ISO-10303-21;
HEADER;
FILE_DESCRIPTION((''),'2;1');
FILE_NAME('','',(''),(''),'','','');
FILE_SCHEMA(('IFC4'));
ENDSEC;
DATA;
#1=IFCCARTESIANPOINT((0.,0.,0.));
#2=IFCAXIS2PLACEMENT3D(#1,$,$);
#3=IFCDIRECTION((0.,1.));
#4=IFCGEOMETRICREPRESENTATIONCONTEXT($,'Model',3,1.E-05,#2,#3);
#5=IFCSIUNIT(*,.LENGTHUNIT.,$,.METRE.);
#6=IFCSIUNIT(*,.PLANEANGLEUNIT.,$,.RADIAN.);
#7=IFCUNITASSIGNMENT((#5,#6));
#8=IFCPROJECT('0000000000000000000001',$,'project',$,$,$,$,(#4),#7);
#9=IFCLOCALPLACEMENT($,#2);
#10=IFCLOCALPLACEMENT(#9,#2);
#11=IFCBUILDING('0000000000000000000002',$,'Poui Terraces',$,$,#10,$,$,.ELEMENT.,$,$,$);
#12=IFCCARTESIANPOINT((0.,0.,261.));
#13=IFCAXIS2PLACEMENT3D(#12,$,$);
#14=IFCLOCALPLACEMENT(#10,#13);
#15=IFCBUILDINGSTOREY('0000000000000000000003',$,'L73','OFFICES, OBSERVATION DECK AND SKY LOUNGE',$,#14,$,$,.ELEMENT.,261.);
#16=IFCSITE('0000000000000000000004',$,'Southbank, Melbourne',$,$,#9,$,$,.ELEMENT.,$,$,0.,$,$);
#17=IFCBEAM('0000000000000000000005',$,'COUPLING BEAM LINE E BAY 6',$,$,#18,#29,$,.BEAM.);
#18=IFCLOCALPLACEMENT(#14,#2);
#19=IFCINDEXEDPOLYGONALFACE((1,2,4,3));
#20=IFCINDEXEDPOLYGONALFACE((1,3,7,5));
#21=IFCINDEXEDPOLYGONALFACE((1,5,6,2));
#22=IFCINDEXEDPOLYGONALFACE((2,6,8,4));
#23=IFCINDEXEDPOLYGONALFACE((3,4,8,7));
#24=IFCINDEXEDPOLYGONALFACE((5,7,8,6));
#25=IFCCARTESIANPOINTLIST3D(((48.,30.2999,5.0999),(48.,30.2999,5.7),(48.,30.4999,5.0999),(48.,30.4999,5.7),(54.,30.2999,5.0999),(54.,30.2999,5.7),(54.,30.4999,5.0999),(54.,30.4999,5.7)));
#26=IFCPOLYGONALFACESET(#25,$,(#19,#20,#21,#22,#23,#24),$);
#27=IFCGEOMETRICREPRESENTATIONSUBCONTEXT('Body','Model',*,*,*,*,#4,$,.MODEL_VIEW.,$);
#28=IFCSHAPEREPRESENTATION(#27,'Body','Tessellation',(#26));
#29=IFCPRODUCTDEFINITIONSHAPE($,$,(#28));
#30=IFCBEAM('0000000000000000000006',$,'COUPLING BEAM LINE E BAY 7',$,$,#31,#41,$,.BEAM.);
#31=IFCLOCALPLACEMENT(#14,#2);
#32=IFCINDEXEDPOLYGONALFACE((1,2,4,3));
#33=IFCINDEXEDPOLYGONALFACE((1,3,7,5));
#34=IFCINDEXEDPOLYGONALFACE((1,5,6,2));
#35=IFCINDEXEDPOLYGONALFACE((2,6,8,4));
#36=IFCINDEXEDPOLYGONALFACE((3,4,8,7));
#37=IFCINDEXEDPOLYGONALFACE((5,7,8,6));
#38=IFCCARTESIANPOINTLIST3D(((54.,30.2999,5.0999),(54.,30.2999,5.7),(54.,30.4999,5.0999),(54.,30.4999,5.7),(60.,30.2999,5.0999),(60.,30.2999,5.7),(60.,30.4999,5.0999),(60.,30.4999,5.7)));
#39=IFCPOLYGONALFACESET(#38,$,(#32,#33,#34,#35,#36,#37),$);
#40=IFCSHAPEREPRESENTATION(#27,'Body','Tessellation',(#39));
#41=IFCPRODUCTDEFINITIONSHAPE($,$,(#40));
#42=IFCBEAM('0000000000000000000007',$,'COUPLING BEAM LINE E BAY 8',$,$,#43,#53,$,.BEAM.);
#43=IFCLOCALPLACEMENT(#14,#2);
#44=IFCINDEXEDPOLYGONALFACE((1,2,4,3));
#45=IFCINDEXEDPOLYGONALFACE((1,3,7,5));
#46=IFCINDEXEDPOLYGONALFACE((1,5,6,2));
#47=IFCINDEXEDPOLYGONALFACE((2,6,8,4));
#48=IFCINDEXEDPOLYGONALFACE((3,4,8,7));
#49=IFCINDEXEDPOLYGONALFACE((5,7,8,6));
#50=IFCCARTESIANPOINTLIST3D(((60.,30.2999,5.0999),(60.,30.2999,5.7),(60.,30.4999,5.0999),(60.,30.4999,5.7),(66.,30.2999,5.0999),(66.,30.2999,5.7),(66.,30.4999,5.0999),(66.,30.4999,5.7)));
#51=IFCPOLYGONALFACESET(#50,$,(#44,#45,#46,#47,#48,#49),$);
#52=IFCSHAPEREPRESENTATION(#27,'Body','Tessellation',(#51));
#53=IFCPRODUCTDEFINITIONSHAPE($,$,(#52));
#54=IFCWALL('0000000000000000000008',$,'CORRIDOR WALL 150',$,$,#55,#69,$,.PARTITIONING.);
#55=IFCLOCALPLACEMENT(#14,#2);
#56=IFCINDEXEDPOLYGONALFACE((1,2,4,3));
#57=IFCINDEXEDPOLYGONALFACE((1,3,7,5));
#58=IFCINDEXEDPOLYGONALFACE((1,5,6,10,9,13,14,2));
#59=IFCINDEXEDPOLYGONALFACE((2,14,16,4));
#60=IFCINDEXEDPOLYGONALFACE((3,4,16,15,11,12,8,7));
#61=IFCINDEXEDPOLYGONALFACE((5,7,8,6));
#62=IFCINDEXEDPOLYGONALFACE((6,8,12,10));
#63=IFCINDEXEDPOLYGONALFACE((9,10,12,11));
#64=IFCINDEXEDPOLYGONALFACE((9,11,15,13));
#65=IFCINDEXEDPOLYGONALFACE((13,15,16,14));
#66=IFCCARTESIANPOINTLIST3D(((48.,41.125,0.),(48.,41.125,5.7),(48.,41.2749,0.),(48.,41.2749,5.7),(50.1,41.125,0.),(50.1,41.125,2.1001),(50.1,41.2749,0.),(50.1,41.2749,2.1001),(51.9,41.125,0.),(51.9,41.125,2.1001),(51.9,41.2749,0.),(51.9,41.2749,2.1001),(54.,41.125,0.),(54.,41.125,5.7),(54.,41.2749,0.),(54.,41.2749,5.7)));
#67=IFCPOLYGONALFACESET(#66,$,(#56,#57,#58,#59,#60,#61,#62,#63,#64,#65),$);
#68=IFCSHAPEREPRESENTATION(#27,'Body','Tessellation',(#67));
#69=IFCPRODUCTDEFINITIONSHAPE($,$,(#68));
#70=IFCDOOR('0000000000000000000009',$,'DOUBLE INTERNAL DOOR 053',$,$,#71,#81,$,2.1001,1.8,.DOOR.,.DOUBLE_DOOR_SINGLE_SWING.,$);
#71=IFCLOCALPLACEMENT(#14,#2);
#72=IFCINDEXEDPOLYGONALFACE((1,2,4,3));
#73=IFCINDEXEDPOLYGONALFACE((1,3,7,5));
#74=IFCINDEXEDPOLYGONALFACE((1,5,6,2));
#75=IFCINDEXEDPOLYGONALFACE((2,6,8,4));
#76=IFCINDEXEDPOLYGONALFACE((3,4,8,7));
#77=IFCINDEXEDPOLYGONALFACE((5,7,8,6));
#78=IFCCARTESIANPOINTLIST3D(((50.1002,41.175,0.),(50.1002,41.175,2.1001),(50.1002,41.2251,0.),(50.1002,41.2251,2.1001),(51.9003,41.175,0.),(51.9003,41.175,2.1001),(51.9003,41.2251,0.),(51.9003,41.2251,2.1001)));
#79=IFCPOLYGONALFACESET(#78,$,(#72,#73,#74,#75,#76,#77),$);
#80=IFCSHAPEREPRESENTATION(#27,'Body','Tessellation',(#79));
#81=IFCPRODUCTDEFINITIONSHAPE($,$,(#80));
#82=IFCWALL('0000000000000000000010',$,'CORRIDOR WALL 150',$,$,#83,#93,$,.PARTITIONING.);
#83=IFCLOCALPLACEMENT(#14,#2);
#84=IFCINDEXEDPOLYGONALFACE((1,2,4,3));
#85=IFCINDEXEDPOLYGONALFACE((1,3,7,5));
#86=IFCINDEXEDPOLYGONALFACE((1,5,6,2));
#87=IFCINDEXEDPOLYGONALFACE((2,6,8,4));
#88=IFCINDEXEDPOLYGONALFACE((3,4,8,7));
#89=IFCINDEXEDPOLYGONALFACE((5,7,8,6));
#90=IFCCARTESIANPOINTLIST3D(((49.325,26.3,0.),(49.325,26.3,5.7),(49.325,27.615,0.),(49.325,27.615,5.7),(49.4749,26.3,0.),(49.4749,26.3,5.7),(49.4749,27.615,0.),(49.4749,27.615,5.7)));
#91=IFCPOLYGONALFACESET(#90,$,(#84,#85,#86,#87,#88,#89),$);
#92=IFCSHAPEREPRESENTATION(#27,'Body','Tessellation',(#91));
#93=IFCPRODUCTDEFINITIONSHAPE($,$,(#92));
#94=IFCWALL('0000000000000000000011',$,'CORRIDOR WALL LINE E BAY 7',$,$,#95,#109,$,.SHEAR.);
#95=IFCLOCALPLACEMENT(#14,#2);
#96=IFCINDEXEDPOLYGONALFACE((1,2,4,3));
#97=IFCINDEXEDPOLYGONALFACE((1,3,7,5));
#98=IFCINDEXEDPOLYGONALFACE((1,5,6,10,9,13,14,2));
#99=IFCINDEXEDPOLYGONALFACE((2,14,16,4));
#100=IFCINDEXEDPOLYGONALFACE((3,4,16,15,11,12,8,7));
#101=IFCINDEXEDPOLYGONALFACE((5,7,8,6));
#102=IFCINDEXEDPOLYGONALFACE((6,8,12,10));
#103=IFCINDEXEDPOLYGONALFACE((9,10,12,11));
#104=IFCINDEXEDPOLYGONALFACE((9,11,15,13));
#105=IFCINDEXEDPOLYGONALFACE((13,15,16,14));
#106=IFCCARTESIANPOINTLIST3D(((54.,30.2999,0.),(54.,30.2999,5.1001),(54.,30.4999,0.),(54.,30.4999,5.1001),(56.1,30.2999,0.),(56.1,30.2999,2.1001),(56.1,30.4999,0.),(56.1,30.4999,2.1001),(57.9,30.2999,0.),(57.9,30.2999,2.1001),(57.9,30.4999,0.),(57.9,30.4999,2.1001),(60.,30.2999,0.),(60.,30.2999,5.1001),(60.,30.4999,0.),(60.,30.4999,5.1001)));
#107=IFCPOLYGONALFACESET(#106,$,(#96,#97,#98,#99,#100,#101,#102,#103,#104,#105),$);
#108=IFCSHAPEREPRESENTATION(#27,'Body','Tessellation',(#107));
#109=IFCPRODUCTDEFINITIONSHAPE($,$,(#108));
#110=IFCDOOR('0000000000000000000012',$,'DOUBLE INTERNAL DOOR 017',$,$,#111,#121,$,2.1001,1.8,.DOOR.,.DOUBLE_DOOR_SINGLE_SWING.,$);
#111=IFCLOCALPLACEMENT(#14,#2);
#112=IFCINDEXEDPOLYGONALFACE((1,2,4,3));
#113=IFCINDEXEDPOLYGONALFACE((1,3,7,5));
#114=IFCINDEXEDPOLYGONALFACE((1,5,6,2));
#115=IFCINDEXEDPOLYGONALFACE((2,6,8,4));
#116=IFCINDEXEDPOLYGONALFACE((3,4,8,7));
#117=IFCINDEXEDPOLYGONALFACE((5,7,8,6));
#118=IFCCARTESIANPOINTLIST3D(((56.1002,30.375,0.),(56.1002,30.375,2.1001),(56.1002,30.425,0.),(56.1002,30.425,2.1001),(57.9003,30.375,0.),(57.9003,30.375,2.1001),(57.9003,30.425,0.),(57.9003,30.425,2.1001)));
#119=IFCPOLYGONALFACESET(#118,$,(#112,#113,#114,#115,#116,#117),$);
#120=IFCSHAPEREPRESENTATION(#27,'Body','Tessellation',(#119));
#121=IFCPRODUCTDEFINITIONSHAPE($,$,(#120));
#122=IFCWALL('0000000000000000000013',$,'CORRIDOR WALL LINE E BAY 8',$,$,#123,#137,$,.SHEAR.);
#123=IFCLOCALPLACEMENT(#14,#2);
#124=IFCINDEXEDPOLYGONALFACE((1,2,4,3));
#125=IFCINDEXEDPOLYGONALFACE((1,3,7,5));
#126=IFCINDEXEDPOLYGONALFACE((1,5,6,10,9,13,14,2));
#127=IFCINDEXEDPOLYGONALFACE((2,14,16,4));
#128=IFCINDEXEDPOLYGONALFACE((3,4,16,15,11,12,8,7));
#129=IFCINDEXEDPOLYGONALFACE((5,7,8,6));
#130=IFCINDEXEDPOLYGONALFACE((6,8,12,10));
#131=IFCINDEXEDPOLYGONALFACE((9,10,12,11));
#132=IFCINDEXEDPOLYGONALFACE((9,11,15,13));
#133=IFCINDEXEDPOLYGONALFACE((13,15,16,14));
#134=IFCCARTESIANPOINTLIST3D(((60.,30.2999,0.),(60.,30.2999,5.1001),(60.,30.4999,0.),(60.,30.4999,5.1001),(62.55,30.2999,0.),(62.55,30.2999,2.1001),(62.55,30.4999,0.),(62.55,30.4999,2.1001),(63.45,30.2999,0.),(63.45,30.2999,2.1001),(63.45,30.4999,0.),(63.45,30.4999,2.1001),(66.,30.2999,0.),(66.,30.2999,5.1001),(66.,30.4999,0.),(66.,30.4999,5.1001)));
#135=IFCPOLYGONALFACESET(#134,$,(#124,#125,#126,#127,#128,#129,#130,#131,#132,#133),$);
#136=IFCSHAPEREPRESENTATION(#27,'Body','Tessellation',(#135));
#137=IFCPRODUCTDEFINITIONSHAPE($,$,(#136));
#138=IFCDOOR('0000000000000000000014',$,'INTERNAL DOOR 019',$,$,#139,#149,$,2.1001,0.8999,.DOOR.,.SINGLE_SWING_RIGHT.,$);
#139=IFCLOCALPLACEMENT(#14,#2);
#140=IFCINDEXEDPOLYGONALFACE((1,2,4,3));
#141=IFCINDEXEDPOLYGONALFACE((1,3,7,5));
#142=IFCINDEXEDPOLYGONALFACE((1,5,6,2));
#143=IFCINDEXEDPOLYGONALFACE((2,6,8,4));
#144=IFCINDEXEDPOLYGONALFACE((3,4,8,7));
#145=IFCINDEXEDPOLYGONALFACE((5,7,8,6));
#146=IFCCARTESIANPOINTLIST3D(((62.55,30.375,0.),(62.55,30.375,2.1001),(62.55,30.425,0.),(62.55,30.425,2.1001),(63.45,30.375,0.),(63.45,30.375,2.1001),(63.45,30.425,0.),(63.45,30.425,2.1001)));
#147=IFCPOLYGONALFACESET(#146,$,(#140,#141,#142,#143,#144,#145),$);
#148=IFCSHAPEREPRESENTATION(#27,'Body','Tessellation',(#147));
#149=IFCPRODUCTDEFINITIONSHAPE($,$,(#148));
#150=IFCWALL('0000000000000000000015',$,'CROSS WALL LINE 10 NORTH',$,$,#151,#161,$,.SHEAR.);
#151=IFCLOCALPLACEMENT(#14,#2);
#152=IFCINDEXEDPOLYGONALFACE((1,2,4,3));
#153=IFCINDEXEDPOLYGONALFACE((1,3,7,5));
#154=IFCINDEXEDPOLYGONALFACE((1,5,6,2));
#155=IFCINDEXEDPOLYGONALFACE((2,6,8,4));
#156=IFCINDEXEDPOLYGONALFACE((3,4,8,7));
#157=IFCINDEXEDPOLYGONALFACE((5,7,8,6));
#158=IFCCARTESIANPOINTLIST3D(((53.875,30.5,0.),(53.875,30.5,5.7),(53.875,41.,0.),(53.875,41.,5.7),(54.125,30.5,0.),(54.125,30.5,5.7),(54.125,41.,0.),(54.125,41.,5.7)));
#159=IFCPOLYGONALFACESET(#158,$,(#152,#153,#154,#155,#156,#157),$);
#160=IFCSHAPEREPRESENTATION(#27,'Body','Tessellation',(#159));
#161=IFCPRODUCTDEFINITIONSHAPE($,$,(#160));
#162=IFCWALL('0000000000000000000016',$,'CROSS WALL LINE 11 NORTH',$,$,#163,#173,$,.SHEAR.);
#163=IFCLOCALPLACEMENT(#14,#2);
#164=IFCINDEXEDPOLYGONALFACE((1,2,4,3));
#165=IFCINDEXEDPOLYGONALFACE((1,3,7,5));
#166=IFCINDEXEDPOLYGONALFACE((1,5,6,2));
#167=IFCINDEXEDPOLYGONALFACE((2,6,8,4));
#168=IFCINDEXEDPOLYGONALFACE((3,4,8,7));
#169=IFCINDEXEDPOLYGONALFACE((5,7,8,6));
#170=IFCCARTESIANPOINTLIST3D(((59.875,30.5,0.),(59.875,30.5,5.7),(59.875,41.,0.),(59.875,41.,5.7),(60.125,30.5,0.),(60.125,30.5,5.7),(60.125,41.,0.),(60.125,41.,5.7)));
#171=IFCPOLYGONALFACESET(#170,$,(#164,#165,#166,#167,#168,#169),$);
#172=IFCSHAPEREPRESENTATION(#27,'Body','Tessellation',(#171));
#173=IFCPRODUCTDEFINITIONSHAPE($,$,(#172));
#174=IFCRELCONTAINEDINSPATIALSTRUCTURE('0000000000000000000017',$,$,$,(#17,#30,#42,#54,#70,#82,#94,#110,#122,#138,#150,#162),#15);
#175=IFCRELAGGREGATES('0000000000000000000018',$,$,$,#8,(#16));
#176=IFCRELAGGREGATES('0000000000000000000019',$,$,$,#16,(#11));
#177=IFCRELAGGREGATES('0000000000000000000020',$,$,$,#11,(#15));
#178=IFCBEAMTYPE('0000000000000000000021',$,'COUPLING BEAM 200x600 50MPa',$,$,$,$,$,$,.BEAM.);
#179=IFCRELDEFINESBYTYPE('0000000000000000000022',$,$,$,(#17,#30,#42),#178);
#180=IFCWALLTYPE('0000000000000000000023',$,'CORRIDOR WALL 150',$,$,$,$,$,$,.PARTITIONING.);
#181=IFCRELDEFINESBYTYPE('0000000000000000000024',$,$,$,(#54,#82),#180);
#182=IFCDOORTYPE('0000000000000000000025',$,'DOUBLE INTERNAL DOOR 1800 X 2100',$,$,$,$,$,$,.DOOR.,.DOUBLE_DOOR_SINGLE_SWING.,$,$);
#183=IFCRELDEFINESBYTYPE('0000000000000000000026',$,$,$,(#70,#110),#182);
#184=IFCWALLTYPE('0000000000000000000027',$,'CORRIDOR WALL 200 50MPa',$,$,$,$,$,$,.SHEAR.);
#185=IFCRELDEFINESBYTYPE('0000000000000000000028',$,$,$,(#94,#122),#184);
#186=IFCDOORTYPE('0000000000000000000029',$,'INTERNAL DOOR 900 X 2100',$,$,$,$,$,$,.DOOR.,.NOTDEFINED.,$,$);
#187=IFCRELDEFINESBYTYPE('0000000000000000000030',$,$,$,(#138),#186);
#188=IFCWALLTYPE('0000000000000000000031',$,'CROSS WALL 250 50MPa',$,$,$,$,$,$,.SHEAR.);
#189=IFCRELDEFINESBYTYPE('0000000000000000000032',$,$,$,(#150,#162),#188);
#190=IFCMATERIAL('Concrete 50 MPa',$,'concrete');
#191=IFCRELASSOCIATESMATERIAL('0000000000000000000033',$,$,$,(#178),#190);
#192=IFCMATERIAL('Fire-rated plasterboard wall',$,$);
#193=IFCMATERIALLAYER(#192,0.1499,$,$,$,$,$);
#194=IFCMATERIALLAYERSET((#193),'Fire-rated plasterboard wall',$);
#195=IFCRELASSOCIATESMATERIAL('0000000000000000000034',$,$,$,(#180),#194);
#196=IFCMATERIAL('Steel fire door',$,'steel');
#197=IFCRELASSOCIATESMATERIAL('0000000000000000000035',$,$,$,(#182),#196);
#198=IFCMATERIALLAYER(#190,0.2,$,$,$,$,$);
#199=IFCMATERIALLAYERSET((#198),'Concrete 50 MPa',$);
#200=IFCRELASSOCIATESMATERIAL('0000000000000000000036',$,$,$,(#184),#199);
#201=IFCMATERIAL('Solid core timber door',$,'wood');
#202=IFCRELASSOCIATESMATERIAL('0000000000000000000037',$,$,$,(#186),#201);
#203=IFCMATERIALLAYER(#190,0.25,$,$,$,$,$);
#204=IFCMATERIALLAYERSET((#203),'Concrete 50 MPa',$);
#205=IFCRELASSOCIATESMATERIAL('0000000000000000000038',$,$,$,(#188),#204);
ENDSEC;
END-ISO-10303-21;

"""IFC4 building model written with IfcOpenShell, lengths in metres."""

from ifc_helpers import new_model, si_unit, direction, frame, frame_2d, origin, origin_2d, place, context, subcontext, project, spatial, rectangle, extrude, source, transform, mapped, material, layer, layer_set, material_profile, profile_set, type_object, element, fill, save


model = new_model("IFC4")

# Units and contexts
model_context = context("Model", 3, precision=1e-05, world=origin(), true_north=direction((0.0, 1.0)))
body_context = subcontext(model_context, "Body", "Model", "MODEL_VIEW")
ifc_project = project(units=[si_unit("LENGTHUNIT", "METRE"), si_unit("PLANEANGLEUNIT", "RADIAN")], contexts=[model_context])

# Site, building, storey
site_placement = place(None, origin())
site = spatial("IfcSite", under=ifc_project, at=site_placement, Name="Southbank, Melbourne", CompositionType="ELEMENT", RefElevation=0.0)
building_placement = place(site_placement, origin())
building = spatial("IfcBuilding", under=site, at=building_placement, Name="Poui Terraces", CompositionType="ELEMENT")
storey_placement = place(building_placement, frame((0.0, 0.0, 261.0)))
storey = spatial("IfcBuildingStorey", under=building, at=storey_placement, Name="L73", Description="OFFICES, OBSERVATION DECK AND SKY LOUNGE", CompositionType="ELEMENT", Elevation=261.0)

# Beams
ifc_material_1 = material(Name="Concrete 50 MPa", Category="concrete")
ifc_material_profile = material_profile(ifc_material_1, rectangle(XDim=0.2, YDim=0.6001, at=origin_2d()), Name="RC 200x600")
ifc_profile_set = profile_set([ifc_material_profile], Name="Concrete 50 MPa")
beam_type = type_object("IfcBeamType", Name="COUPLING BEAM 200x600 50MPa", PredefinedType="BEAM", material=ifc_profile_set)
shared_shape = source(origin(), body_context, "Body", "SweptSolid", [
    extrude(rectangle(XDim=0.2, YDim=0.6001, at=origin_2d()), origin(), (0.0, 0.0, 1.0), 6.0),
])
for number, where, z_axis, x_axis, name in (
    (1, (48.0, 30.3999, 5.3999), (1.0, 0.0, 0.0), (0.0, 1.0, 0.0), "COUPLING BEAM LINE E BAY 6"),
    (2, (54.0, 30.3999, 5.3999), (1.0, 0.0, 0.0), (0.0, 1.0, 0.0), "COUPLING BEAM LINE E BAY 7"),
    (3, (60.0, 30.3999, 5.3999), (1.0, 0.0, 0.0), (0.0, 1.0, 0.0), "COUPLING BEAM LINE E BAY 8"),
):
    element("IfcBeam", number, at=place(storey_placement, frame(where, z_axis=z_axis, x_axis=x_axis)), inside=storey, type_object=beam_type, Name=name, PredefinedType="BEAM", context=body_context, shape_type="MappedRepresentation", body=[
        mapped(shared_shape, transform((0.0, 0.0, 0.0))),
    ])

# Wall, opening, door
ifc_material_2 = material(Name="Fire-rated plasterboard wall")
ifc_layer_1 = layer(ifc_material_2, 0.1499)
ifc_layer_set_1 = layer_set([ifc_layer_1], Name="Fire-rated plasterboard wall")
wall_type_1 = type_object("IfcWallType", Name="CORRIDOR WALL 150", PredefinedType="PARTITIONING", material=ifc_layer_set_1)
wall_1_placement = place(storey_placement, frame((48.0, 41.2, 0.0), z_axis=(0.0, 0.0, 1.0), x_axis=(1.0, 0.0, 0.0)))
wall_1 = element("IfcWall", 4, at=wall_1_placement, inside=storey, type_object=wall_type_1, Name="CORRIDOR WALL 150", PredefinedType="PARTITIONING", context=body_context, shape_type="SweptSolid", body=[
    extrude(rectangle(XDim=6.0, YDim=0.1499, at=frame_2d((3.0, 0.0))), origin(), (0.0, 0.0, 1.0), 5.7),
])
opening_1_placement = place(wall_1_placement, frame((2.1001, 0.0, 0.0)))
opening_1 = element("IfcOpeningElement", 5, at=opening_1_placement, cuts=wall_1, PredefinedType="OPENING", context=body_context, shape_type="SweptSolid", body=[
    extrude(rectangle(XDim=1.8, YDim=2.1001, at=frame_2d((0.8999, 1.05))), frame((0.0, 0.085, 0.0), z_axis=(0.0, -1.0, 0.0), x_axis=(1.0, 0.0, 0.0)), (0.0, 0.0, 1.0), 0.1699),
])
ifc_material_3 = material(Name="Steel fire door", Category="steel")
door_type_1 = type_object("IfcDoorType", Name="DOUBLE INTERNAL DOOR 1800 X 2100", OperationType="DOUBLE_DOOR_SINGLE_SWING", PredefinedType="DOOR", material=ifc_material_3)
door_1_placement = place(opening_1_placement, frame((1.8, 0.0, 0.0), z_axis=(0.0, 0.0, 1.0), x_axis=(-1.0, 0.0, 0.0)))
door_1 = element("IfcDoor", 6, at=door_1_placement, inside=storey, type_object=door_type_1, Name="DOUBLE INTERNAL DOOR 053", OperationType="DOUBLE_DOOR_SINGLE_SWING", OverallHeight=2.1001, OverallWidth=1.8, PredefinedType="DOOR", context=body_context, shape_type="SweptSolid", body=[
    extrude(rectangle(XDim=1.8, YDim=2.1001, at=frame_2d((0.8999, 1.05))), frame((0.0, 0.0249, 0.0), z_axis=(0.0, -1.0, 0.0), x_axis=(1.0, 0.0, 0.0)), (0.0, 0.0, 1.0), 0.05),
])
fill(opening_1, door_1)

# Wall
wall_2_placement = place(storey_placement, frame((49.3999, 26.3, 0.0), z_axis=(0.0, 0.0, 1.0), x_axis=(0.0, 1.0, 0.0)))
element("IfcWall", 7, at=wall_2_placement, inside=storey, type_object=wall_type_1, Name="CORRIDOR WALL 150", PredefinedType="PARTITIONING", context=body_context, shape_type="SweptSolid", body=[
    extrude(rectangle(XDim=1.3149, YDim=0.1499, at=frame_2d((0.6575, 0.0))), origin(), (0.0, 0.0, 1.0), 5.7),
])

# Walls, openings, doors
ifc_layer_2 = layer(ifc_material_1, 0.2)
ifc_layer_set_2 = layer_set([ifc_layer_2], Name="Concrete 50 MPa")
wall_type_2 = type_object("IfcWallType", Name="CORRIDOR WALL 200 50MPa", PredefinedType="SHEAR", material=ifc_layer_set_2)
wall_3_placement = place(storey_placement, frame((54.0, 30.3999, 0.0), z_axis=(0.0, 0.0, 1.0), x_axis=(1.0, 0.0, 0.0)))
wall_3 = element("IfcWall", 8, at=wall_3_placement, inside=storey, type_object=wall_type_2, Name="CORRIDOR WALL LINE E BAY 7", PredefinedType="SHEAR", context=body_context, shape_type="SweptSolid", body=[
    extrude(rectangle(XDim=6.0, YDim=0.2, at=frame_2d((3.0, 0.0))), origin(), (0.0, 0.0, 1.0), 5.1001),
])
opening_2_placement = place(wall_3_placement, frame((2.1001, 0.0, 0.0)))
opening_2 = element("IfcOpeningElement", 9, at=opening_2_placement, cuts=wall_3, PredefinedType="OPENING", context=body_context, shape_type="SweptSolid", body=[
    extrude(rectangle(XDim=1.8, YDim=2.1001, at=frame_2d((0.8999, 1.05))), frame((0.0, 0.1099, 0.0), z_axis=(0.0, -1.0, 0.0), x_axis=(1.0, 0.0, 0.0)), (0.0, 0.0, 1.0), 0.22),
])
door_2_placement = place(opening_2_placement, frame((1.8, 0.0, 0.0), z_axis=(0.0, 0.0, 1.0), x_axis=(-1.0, 0.0, 0.0)))
door_2 = element("IfcDoor", 10, at=door_2_placement, inside=storey, type_object=door_type_1, Name="DOUBLE INTERNAL DOOR 017", OperationType="DOUBLE_DOOR_SINGLE_SWING", OverallHeight=2.1001, OverallWidth=1.8, PredefinedType="DOOR", context=body_context, shape_type="SweptSolid", body=[
    extrude(rectangle(XDim=1.8, YDim=2.1001, at=frame_2d((0.8999, 1.05))), frame((0.0, 0.0249, 0.0), z_axis=(0.0, -1.0, 0.0), x_axis=(1.0, 0.0, 0.0)), (0.0, 0.0, 1.0), 0.05),
])
fill(opening_2, door_2)
wall_4_placement = place(storey_placement, frame((60.0, 30.3999, 0.0), z_axis=(0.0, 0.0, 1.0), x_axis=(1.0, 0.0, 0.0)))
wall_4 = element("IfcWall", 11, at=wall_4_placement, inside=storey, type_object=wall_type_2, Name="CORRIDOR WALL LINE E BAY 8", PredefinedType="SHEAR", context=body_context, shape_type="SweptSolid", body=[
    extrude(rectangle(XDim=6.0, YDim=0.2, at=frame_2d((3.0, 0.0))), origin(), (0.0, 0.0, 1.0), 5.1001),
])
opening_3_placement = place(wall_4_placement, frame((2.55, 0.0, 0.0)))
opening_3 = element("IfcOpeningElement", 12, at=opening_3_placement, cuts=wall_4, PredefinedType="OPENING", context=body_context, shape_type="SweptSolid", body=[
    extrude(rectangle(XDim=0.8999, YDim=2.1001, at=frame_2d((0.45, 1.05))), frame((0.0, 0.1099, 0.0), z_axis=(0.0, -1.0, 0.0), x_axis=(1.0, 0.0, 0.0)), (0.0, 0.0, 1.0), 0.22),
])
ifc_material_4 = material(Name="Solid core timber door", Category="wood")
door_type_2 = type_object("IfcDoorType", Name="INTERNAL DOOR 900 X 2100", OperationType="NOTDEFINED", PredefinedType="DOOR", material=ifc_material_4)
door_3_placement = place(opening_3_placement, frame((0.8999, 0.0, 0.0), z_axis=(0.0, 0.0, 1.0), x_axis=(-1.0, 0.0, 0.0)))
door_3 = element("IfcDoor", 13, at=door_3_placement, inside=storey, type_object=door_type_2, Name="INTERNAL DOOR 019", OperationType="SINGLE_SWING_RIGHT", OverallHeight=2.1001, OverallWidth=0.8999, PredefinedType="DOOR", context=body_context, shape_type="SweptSolid", body=[
    extrude(rectangle(XDim=0.8999, YDim=2.1001, at=frame_2d((0.45, 1.05))), frame((0.0, 0.0249, 0.0), z_axis=(0.0, -1.0, 0.0), x_axis=(1.0, 0.0, 0.0)), (0.0, 0.0, 1.0), 0.05),
])
fill(opening_3, door_3)

# Walls
ifc_layer_3 = layer(ifc_material_1, 0.25)
ifc_layer_set_3 = layer_set([ifc_layer_3], Name="Concrete 50 MPa")
wall_type_3 = type_object("IfcWallType", Name="CROSS WALL 250 50MPa", PredefinedType="SHEAR", material=ifc_layer_set_3)
for number, where, z_axis, x_axis, name in (
    (14, (54.0, 30.5, 0.0), (0.0, 0.0, 1.0), (0.0, 1.0, 0.0), "CROSS WALL LINE 10 NORTH"),
    (15, (60.0, 30.5, 0.0), (0.0, 0.0, 1.0), (0.0, 1.0, 0.0), "CROSS WALL LINE 11 NORTH"),
):
    element("IfcWall", number, at=place(storey_placement, frame(where, z_axis=z_axis, x_axis=x_axis)), inside=storey, type_object=wall_type_3, Name=name, PredefinedType="SHEAR", context=body_context, shape_type="SweptSolid", body=[
        extrude(rectangle(XDim=10.5, YDim=0.25, at=frame_2d((5.25, 0.0))), origin(), (0.0, 0.0, 1.0), 5.7),
    ])

save(model, "model.ifc")
